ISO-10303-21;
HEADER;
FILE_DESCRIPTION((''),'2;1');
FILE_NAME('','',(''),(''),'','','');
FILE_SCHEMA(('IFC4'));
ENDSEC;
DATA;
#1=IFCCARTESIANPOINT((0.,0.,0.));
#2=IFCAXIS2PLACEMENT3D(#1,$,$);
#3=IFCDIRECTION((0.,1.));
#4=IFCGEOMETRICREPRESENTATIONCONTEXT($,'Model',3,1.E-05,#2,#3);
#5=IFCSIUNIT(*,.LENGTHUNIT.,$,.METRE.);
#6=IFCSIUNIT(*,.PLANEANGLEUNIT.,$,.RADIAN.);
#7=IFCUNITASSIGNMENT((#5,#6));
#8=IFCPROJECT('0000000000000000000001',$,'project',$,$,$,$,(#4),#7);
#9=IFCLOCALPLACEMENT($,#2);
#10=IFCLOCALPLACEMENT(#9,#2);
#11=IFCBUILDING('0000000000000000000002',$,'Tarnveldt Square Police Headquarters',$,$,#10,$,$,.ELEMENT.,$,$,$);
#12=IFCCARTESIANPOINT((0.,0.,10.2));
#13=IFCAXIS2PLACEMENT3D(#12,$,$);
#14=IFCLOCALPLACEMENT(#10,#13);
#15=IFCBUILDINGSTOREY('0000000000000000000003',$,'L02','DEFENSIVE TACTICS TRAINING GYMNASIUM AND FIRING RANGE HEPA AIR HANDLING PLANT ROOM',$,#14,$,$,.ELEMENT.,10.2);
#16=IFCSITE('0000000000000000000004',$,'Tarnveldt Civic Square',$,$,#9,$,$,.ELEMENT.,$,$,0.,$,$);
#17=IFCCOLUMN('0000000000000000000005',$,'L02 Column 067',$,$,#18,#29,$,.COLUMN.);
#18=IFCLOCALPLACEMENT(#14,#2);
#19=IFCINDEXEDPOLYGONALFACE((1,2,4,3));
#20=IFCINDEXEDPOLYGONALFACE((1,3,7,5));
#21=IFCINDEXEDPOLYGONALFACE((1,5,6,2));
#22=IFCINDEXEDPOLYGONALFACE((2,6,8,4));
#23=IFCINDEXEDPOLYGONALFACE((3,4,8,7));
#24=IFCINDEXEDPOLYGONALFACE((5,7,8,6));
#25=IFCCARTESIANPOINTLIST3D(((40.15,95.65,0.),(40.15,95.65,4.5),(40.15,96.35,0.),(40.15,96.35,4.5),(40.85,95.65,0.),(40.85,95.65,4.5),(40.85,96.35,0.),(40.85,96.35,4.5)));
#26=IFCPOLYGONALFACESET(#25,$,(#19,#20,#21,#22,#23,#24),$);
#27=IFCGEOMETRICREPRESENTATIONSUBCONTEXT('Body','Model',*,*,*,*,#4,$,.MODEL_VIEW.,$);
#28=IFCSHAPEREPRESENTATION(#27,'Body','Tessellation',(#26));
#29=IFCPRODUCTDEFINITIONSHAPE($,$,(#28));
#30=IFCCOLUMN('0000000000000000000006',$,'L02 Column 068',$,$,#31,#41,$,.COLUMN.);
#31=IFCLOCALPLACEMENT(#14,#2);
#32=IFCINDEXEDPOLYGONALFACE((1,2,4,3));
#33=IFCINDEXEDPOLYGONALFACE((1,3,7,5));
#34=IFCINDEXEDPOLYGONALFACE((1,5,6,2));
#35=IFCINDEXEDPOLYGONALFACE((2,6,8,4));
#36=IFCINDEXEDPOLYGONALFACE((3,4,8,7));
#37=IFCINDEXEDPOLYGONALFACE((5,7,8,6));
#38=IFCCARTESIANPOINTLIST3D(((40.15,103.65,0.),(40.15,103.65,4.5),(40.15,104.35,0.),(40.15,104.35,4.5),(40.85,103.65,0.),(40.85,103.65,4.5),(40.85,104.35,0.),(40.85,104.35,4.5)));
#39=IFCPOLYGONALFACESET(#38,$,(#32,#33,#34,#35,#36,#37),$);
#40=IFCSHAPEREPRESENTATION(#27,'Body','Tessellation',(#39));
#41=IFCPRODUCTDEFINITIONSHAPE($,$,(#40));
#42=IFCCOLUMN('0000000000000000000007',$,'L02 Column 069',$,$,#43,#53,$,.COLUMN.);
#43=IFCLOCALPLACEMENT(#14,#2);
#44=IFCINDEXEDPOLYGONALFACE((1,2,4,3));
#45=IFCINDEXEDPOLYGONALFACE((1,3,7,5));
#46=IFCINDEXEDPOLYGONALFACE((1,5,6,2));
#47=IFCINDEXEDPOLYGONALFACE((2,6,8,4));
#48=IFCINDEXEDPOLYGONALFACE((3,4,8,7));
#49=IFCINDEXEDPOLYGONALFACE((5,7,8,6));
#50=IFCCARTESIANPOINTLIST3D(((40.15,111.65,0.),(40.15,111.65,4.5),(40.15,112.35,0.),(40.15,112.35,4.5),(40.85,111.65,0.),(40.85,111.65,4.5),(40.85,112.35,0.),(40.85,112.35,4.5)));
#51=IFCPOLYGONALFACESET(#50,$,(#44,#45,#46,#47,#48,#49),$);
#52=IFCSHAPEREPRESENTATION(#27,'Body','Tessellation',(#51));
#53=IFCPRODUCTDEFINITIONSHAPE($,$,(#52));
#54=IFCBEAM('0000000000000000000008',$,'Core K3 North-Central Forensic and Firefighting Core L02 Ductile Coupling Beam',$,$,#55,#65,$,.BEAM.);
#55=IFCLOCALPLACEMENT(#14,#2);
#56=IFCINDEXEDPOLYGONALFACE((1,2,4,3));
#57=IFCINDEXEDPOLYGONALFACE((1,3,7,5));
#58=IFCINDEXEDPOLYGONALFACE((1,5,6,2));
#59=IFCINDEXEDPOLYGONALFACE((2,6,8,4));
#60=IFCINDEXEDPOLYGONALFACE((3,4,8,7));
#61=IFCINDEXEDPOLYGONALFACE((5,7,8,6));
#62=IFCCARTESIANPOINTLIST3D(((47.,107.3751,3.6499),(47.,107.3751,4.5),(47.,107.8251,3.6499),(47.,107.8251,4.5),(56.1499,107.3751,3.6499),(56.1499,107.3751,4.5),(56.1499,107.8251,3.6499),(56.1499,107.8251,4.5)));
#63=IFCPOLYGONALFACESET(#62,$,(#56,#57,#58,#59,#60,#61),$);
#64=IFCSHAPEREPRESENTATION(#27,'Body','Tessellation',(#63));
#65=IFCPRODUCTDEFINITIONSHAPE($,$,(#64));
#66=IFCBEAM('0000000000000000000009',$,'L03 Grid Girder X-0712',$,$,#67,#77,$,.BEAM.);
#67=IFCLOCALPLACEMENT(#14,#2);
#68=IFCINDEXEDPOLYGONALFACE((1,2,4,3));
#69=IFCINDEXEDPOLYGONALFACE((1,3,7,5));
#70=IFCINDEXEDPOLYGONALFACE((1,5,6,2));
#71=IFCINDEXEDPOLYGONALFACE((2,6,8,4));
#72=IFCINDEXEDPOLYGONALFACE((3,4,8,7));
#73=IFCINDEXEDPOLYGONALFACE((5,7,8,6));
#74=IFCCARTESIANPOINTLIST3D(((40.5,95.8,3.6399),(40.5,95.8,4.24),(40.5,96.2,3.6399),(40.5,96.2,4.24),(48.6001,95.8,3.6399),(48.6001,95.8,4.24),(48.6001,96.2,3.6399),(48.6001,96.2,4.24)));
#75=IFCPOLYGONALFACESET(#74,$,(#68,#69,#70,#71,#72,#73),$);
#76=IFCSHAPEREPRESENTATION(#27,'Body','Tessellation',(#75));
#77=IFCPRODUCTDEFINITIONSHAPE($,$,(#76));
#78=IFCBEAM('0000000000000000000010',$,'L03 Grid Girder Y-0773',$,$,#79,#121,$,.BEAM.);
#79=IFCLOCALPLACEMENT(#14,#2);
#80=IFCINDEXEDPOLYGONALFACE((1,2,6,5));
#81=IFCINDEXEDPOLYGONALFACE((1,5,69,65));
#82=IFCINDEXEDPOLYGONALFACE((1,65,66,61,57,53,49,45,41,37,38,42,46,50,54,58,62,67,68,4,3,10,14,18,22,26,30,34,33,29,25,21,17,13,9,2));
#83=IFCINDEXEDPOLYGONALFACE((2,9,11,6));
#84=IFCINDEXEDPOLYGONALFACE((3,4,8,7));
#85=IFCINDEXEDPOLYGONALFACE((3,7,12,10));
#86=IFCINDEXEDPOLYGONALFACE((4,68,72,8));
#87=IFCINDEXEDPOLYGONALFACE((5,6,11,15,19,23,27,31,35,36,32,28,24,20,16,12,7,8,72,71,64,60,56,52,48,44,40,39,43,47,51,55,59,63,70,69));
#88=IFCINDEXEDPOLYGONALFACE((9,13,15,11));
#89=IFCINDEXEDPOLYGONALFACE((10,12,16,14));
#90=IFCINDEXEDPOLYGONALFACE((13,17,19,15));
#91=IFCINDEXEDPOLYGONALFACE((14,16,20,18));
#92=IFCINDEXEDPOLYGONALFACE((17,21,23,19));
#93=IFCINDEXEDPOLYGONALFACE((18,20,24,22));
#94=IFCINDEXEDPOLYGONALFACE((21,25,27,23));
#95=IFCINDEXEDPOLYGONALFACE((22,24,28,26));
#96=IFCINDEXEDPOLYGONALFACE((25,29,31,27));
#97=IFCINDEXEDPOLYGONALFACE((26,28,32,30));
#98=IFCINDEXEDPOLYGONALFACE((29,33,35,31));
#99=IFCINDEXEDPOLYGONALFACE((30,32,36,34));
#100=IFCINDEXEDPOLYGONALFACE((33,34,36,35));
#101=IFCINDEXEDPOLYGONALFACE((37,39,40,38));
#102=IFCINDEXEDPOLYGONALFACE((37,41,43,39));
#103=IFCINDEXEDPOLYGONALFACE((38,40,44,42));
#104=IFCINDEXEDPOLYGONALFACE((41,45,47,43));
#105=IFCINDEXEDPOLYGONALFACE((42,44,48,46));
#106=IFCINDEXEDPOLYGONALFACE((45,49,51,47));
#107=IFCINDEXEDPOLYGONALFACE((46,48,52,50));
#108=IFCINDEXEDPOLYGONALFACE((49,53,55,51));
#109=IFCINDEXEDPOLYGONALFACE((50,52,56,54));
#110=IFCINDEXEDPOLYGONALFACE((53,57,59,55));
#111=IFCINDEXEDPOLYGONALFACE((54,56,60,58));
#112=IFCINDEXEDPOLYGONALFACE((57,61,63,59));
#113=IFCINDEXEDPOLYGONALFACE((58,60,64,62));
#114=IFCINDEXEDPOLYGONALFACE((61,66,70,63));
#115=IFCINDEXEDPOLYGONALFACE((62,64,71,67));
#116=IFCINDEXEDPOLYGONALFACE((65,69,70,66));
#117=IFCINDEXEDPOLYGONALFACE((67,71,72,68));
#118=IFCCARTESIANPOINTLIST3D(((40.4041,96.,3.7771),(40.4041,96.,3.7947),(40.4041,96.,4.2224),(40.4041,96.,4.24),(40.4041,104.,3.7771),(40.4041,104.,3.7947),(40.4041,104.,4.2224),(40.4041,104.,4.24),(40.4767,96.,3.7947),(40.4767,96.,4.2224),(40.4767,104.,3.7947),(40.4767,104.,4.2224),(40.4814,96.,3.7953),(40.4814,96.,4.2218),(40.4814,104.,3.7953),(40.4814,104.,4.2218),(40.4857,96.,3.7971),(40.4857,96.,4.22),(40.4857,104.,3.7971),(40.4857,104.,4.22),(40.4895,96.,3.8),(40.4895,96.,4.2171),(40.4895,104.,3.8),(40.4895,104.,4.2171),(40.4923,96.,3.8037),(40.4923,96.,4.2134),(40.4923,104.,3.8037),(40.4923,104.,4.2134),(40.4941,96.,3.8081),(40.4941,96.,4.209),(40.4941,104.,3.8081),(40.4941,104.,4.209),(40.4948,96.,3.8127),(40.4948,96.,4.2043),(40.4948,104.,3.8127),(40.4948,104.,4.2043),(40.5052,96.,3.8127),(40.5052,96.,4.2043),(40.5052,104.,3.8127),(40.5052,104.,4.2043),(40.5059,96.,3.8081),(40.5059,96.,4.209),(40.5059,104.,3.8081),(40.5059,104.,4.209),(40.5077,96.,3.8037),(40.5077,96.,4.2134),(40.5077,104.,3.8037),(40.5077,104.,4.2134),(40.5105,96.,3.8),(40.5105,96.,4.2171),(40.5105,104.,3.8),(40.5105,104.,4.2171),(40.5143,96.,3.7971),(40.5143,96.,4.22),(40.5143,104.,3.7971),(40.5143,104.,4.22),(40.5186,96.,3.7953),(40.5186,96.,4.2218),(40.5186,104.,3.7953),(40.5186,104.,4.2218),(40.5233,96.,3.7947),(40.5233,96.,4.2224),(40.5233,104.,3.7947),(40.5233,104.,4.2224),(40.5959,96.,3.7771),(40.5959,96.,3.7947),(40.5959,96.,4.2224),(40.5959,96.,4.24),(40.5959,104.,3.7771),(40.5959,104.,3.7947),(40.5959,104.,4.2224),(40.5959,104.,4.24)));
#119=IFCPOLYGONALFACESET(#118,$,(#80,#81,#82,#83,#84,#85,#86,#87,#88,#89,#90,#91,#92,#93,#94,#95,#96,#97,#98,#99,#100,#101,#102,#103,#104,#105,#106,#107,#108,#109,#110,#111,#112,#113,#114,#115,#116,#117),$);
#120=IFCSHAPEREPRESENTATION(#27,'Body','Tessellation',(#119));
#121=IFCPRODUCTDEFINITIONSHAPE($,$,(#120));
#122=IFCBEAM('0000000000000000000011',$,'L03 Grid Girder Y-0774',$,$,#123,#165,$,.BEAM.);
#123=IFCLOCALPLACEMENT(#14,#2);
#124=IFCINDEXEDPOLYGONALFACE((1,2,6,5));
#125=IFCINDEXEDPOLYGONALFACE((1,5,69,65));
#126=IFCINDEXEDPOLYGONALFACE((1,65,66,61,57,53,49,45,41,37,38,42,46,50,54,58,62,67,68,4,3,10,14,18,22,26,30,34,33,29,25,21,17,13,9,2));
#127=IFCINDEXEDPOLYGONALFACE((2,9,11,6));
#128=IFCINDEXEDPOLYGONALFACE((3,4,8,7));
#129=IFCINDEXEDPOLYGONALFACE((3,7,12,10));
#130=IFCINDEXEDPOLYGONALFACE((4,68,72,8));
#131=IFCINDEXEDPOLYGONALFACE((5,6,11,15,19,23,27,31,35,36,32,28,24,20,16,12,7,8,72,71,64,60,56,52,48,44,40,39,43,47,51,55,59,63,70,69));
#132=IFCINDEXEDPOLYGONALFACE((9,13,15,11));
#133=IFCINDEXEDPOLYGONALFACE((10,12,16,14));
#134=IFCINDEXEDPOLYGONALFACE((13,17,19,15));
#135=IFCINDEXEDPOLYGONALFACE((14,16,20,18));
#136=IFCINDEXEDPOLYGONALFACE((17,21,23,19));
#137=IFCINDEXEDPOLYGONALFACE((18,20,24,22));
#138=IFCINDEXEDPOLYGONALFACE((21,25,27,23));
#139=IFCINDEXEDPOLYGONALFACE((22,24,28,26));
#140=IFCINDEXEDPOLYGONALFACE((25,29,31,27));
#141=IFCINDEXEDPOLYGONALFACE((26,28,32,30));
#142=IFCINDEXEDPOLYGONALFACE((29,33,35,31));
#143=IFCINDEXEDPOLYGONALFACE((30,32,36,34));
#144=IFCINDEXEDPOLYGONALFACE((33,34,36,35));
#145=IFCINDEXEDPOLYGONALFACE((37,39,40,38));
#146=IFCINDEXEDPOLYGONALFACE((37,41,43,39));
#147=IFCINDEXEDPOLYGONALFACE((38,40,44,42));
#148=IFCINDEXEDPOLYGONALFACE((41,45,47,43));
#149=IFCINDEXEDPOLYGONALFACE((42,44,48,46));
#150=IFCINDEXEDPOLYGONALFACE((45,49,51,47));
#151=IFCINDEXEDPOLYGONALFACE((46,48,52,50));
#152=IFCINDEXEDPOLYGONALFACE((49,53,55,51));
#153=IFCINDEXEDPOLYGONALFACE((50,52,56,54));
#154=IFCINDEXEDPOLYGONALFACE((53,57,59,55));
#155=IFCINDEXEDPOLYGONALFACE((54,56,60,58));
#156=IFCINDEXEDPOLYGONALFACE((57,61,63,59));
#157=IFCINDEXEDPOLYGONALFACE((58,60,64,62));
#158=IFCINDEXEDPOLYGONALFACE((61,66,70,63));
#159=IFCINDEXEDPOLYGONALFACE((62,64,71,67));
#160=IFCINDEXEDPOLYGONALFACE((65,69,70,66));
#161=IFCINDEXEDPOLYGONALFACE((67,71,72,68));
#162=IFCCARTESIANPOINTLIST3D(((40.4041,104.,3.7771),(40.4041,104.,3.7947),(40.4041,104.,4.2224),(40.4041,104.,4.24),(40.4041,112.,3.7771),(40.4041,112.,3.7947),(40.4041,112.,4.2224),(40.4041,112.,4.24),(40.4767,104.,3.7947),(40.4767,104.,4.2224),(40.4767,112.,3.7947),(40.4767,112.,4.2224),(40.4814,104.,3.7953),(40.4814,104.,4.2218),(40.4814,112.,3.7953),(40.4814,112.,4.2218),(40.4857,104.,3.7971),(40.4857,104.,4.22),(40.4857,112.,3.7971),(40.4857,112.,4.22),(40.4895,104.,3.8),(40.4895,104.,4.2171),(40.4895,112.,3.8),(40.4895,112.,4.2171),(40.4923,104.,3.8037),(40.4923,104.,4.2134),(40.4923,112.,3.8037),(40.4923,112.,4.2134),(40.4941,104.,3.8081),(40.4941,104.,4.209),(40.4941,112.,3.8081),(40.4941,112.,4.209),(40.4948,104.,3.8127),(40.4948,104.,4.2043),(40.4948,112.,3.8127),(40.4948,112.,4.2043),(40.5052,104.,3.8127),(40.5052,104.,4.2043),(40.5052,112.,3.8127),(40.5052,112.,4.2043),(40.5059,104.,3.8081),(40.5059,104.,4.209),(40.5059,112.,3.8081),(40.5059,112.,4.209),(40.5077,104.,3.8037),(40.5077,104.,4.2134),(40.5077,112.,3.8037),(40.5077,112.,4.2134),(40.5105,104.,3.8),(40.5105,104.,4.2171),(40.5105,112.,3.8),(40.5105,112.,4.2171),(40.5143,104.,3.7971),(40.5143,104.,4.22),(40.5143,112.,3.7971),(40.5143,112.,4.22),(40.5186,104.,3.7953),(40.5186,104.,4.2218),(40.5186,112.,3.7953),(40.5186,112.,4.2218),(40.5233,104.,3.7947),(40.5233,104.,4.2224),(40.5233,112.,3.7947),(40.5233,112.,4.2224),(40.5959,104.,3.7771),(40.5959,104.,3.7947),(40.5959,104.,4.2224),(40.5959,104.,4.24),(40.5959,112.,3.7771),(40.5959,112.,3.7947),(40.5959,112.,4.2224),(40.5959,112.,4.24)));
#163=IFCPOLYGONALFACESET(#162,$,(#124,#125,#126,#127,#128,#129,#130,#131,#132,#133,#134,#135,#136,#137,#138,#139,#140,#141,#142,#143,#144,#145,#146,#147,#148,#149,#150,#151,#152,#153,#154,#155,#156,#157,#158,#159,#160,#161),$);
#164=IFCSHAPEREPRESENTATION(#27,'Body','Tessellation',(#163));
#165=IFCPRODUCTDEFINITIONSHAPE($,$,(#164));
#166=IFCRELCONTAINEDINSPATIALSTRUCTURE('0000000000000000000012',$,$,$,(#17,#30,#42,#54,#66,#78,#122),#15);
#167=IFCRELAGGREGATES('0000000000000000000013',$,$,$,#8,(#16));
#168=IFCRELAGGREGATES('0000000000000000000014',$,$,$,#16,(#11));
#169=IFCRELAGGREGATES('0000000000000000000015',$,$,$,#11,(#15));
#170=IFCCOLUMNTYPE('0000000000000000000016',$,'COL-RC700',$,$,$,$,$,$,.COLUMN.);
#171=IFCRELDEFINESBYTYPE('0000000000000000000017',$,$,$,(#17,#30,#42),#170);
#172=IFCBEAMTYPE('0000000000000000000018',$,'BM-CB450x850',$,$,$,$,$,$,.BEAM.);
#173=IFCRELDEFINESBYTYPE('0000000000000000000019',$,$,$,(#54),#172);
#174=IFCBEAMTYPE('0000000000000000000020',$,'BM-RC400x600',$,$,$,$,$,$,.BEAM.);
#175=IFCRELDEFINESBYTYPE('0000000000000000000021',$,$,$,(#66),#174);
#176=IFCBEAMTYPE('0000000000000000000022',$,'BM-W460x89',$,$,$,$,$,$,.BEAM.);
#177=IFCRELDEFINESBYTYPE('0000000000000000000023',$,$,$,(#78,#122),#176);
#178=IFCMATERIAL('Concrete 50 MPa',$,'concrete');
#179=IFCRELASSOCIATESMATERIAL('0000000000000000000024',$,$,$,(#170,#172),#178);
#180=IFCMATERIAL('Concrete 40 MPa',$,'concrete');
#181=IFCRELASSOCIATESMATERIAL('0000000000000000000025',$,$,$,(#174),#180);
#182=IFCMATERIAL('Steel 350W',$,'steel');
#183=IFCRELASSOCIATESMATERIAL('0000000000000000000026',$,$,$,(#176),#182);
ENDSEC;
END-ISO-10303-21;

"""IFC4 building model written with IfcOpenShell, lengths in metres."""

from ifc_helpers import new_model, si_unit, direction, frame, origin, origin_2d, place, context, subcontext, project, spatial, rectangle, i_section, extrude, material, material_profile, profile_set, type_object, element, save


model = new_model("IFC4")

# Units and contexts
model_context = context("Model", 3, precision=1e-05, world=origin(), true_north=direction((0.0, 1.0)))
body_context = subcontext(model_context, "Body", "Model", "MODEL_VIEW")
ifc_project = project(units=[si_unit("LENGTHUNIT", "METRE"), si_unit("PLANEANGLEUNIT", "RADIAN")], contexts=[model_context])

# Site, building, storey
site_placement = place(None, origin())
site = spatial("IfcSite", under=ifc_project, at=site_placement, Name="Tarnveldt Civic Square", CompositionType="ELEMENT", RefElevation=0.0)
building_placement = place(site_placement, origin())
building = spatial("IfcBuilding", under=site, at=building_placement, Name="Tarnveldt Square Police Headquarters", CompositionType="ELEMENT")
storey_placement = place(building_placement, frame((0.0, 0.0, 10.2)))
storey = spatial("IfcBuildingStorey", under=building, at=storey_placement, Name="L02", Description="DEFENSIVE TACTICS TRAINING GYMNASIUM AND FIRING RANGE HEPA AIR HANDLING PLANT ROOM", CompositionType="ELEMENT", Elevation=10.2)

# Columns
ifc_material_1 = material(Name="Concrete 50 MPa", Category="concrete")
ifc_material_profile_1 = material_profile(ifc_material_1, rectangle(XDim=0.7, YDim=0.7, at=origin_2d()), Name="RC-C700x700")
ifc_profile_set_1 = profile_set([ifc_material_profile_1], Name="Concrete 50 MPa")
column_type = type_object("IfcColumnType", Name="COL-RC700", PredefinedType="COLUMN", material=ifc_profile_set_1)
for number, where, z_axis, x_axis, name in (
    (1, (40.5, 96.0, 0.0), (0.0, 0.0, 1.0), (1.0, 0.0, 0.0), "L02 Column 067"),
    (2, (40.5, 104.0, 0.0), (0.0, 0.0, 1.0), (1.0, 0.0, 0.0), "L02 Column 068"),
    (3, (40.5, 112.0, 0.0), (0.0, 0.0, 1.0), (1.0, 0.0, 0.0), "L02 Column 069"),
):
    element("IfcColumn", number, at=place(storey_placement, frame(where, z_axis=z_axis, x_axis=x_axis)), inside=storey, type_object=column_type, Name=name, PredefinedType="COLUMN", context=body_context, shape_type="SweptSolid", body=[
        extrude(rectangle(XDim=0.7, YDim=0.7, at=origin_2d()), origin(), (0.0, 0.0, 1.0), 4.5),
    ])

# Beams
ifc_material_profile_2 = material_profile(ifc_material_1, rectangle(XDim=0.45, YDim=0.8501, at=origin_2d()), Name="RC-CB450x850")
ifc_profile_set_2 = profile_set([ifc_material_profile_2], Name="Concrete 50 MPa")
beam_type_1 = type_object("IfcBeamType", Name="BM-CB450x850", PredefinedType="BEAM", material=ifc_profile_set_2)
beam_1_placement = place(storey_placement, frame((47.0, 107.6001, 4.075), z_axis=(1.0, 0.0, 0.0), x_axis=(0.0, 1.0, 0.0)))
element("IfcBeam", 4, at=beam_1_placement, inside=storey, type_object=beam_type_1, Name="Core K3 North-Central Forensic and Firefighting Core L02 Ductile Coupling Beam", PredefinedType="BEAM", context=body_context, shape_type="SweptSolid", body=[
    extrude(rectangle(XDim=0.45, YDim=0.8501, at=origin_2d()), origin(), (0.0, 0.0, 1.0), 9.1499),
])
ifc_material_2 = material(Name="Concrete 40 MPa", Category="concrete")
ifc_material_profile_3 = material_profile(ifc_material_2, rectangle(XDim=0.3999, YDim=0.6001, at=origin_2d()), Name="RC-B400x600")
ifc_profile_set_3 = profile_set([ifc_material_profile_3], Name="Concrete 40 MPa")
beam_type_2 = type_object("IfcBeamType", Name="BM-RC400x600", PredefinedType="BEAM", material=ifc_profile_set_3)
beam_2_placement = place(storey_placement, frame((40.5, 96.0, 3.9399), z_axis=(1.0, 0.0, 0.0), x_axis=(0.0, 1.0, 0.0)))
element("IfcBeam", 5, at=beam_2_placement, inside=storey, type_object=beam_type_2, Name="L03 Grid Girder X-0712", PredefinedType="BEAM", context=body_context, shape_type="SweptSolid", body=[
    extrude(rectangle(XDim=0.3999, YDim=0.6001, at=origin_2d()), origin(), (0.0, 0.0, 1.0), 8.1001),
])
ifc_material_3 = material(Name="Steel 350W", Category="steel")
ifc_material_profile_4 = material_profile(ifc_material_3, i_section(OverallWidth=0.1919, OverallDepth=0.4629, WebThickness=0.0105, FlangeThickness=0.0176, FilletRadius=0.0181, at=origin_2d()), Name="W460x89")
ifc_profile_set_4 = profile_set([ifc_material_profile_4], Name="Steel 350W")
beam_type_3 = type_object("IfcBeamType", Name="BM-W460x89", PredefinedType="BEAM", material=ifc_profile_set_4)
for number, where, z_axis, x_axis, name in (
    (6, (40.5, 96.0, 4.0085), (0.0, 1.0, 0.0), (-1.0, 0.0, 0.0), "L03 Grid Girder Y-0773"),
    (7, (40.5, 104.0, 4.0085), (0.0, 1.0, 0.0), (-1.0, 0.0, 0.0), "L03 Grid Girder Y-0774"),
):
    element("IfcBeam", number, at=place(storey_placement, frame(where, z_axis=z_axis, x_axis=x_axis)), inside=storey, type_object=beam_type_3, Name=name, PredefinedType="BEAM", context=body_context, shape_type="SweptSolid", body=[
        extrude(i_section(OverallWidth=0.1919, OverallDepth=0.4629, WebThickness=0.0105, FlangeThickness=0.0176, FilletRadius=0.0181, at=origin_2d()), origin(), (0.0, 0.0, 1.0), 8.0),
    ])

save(model, "model.ifc")
